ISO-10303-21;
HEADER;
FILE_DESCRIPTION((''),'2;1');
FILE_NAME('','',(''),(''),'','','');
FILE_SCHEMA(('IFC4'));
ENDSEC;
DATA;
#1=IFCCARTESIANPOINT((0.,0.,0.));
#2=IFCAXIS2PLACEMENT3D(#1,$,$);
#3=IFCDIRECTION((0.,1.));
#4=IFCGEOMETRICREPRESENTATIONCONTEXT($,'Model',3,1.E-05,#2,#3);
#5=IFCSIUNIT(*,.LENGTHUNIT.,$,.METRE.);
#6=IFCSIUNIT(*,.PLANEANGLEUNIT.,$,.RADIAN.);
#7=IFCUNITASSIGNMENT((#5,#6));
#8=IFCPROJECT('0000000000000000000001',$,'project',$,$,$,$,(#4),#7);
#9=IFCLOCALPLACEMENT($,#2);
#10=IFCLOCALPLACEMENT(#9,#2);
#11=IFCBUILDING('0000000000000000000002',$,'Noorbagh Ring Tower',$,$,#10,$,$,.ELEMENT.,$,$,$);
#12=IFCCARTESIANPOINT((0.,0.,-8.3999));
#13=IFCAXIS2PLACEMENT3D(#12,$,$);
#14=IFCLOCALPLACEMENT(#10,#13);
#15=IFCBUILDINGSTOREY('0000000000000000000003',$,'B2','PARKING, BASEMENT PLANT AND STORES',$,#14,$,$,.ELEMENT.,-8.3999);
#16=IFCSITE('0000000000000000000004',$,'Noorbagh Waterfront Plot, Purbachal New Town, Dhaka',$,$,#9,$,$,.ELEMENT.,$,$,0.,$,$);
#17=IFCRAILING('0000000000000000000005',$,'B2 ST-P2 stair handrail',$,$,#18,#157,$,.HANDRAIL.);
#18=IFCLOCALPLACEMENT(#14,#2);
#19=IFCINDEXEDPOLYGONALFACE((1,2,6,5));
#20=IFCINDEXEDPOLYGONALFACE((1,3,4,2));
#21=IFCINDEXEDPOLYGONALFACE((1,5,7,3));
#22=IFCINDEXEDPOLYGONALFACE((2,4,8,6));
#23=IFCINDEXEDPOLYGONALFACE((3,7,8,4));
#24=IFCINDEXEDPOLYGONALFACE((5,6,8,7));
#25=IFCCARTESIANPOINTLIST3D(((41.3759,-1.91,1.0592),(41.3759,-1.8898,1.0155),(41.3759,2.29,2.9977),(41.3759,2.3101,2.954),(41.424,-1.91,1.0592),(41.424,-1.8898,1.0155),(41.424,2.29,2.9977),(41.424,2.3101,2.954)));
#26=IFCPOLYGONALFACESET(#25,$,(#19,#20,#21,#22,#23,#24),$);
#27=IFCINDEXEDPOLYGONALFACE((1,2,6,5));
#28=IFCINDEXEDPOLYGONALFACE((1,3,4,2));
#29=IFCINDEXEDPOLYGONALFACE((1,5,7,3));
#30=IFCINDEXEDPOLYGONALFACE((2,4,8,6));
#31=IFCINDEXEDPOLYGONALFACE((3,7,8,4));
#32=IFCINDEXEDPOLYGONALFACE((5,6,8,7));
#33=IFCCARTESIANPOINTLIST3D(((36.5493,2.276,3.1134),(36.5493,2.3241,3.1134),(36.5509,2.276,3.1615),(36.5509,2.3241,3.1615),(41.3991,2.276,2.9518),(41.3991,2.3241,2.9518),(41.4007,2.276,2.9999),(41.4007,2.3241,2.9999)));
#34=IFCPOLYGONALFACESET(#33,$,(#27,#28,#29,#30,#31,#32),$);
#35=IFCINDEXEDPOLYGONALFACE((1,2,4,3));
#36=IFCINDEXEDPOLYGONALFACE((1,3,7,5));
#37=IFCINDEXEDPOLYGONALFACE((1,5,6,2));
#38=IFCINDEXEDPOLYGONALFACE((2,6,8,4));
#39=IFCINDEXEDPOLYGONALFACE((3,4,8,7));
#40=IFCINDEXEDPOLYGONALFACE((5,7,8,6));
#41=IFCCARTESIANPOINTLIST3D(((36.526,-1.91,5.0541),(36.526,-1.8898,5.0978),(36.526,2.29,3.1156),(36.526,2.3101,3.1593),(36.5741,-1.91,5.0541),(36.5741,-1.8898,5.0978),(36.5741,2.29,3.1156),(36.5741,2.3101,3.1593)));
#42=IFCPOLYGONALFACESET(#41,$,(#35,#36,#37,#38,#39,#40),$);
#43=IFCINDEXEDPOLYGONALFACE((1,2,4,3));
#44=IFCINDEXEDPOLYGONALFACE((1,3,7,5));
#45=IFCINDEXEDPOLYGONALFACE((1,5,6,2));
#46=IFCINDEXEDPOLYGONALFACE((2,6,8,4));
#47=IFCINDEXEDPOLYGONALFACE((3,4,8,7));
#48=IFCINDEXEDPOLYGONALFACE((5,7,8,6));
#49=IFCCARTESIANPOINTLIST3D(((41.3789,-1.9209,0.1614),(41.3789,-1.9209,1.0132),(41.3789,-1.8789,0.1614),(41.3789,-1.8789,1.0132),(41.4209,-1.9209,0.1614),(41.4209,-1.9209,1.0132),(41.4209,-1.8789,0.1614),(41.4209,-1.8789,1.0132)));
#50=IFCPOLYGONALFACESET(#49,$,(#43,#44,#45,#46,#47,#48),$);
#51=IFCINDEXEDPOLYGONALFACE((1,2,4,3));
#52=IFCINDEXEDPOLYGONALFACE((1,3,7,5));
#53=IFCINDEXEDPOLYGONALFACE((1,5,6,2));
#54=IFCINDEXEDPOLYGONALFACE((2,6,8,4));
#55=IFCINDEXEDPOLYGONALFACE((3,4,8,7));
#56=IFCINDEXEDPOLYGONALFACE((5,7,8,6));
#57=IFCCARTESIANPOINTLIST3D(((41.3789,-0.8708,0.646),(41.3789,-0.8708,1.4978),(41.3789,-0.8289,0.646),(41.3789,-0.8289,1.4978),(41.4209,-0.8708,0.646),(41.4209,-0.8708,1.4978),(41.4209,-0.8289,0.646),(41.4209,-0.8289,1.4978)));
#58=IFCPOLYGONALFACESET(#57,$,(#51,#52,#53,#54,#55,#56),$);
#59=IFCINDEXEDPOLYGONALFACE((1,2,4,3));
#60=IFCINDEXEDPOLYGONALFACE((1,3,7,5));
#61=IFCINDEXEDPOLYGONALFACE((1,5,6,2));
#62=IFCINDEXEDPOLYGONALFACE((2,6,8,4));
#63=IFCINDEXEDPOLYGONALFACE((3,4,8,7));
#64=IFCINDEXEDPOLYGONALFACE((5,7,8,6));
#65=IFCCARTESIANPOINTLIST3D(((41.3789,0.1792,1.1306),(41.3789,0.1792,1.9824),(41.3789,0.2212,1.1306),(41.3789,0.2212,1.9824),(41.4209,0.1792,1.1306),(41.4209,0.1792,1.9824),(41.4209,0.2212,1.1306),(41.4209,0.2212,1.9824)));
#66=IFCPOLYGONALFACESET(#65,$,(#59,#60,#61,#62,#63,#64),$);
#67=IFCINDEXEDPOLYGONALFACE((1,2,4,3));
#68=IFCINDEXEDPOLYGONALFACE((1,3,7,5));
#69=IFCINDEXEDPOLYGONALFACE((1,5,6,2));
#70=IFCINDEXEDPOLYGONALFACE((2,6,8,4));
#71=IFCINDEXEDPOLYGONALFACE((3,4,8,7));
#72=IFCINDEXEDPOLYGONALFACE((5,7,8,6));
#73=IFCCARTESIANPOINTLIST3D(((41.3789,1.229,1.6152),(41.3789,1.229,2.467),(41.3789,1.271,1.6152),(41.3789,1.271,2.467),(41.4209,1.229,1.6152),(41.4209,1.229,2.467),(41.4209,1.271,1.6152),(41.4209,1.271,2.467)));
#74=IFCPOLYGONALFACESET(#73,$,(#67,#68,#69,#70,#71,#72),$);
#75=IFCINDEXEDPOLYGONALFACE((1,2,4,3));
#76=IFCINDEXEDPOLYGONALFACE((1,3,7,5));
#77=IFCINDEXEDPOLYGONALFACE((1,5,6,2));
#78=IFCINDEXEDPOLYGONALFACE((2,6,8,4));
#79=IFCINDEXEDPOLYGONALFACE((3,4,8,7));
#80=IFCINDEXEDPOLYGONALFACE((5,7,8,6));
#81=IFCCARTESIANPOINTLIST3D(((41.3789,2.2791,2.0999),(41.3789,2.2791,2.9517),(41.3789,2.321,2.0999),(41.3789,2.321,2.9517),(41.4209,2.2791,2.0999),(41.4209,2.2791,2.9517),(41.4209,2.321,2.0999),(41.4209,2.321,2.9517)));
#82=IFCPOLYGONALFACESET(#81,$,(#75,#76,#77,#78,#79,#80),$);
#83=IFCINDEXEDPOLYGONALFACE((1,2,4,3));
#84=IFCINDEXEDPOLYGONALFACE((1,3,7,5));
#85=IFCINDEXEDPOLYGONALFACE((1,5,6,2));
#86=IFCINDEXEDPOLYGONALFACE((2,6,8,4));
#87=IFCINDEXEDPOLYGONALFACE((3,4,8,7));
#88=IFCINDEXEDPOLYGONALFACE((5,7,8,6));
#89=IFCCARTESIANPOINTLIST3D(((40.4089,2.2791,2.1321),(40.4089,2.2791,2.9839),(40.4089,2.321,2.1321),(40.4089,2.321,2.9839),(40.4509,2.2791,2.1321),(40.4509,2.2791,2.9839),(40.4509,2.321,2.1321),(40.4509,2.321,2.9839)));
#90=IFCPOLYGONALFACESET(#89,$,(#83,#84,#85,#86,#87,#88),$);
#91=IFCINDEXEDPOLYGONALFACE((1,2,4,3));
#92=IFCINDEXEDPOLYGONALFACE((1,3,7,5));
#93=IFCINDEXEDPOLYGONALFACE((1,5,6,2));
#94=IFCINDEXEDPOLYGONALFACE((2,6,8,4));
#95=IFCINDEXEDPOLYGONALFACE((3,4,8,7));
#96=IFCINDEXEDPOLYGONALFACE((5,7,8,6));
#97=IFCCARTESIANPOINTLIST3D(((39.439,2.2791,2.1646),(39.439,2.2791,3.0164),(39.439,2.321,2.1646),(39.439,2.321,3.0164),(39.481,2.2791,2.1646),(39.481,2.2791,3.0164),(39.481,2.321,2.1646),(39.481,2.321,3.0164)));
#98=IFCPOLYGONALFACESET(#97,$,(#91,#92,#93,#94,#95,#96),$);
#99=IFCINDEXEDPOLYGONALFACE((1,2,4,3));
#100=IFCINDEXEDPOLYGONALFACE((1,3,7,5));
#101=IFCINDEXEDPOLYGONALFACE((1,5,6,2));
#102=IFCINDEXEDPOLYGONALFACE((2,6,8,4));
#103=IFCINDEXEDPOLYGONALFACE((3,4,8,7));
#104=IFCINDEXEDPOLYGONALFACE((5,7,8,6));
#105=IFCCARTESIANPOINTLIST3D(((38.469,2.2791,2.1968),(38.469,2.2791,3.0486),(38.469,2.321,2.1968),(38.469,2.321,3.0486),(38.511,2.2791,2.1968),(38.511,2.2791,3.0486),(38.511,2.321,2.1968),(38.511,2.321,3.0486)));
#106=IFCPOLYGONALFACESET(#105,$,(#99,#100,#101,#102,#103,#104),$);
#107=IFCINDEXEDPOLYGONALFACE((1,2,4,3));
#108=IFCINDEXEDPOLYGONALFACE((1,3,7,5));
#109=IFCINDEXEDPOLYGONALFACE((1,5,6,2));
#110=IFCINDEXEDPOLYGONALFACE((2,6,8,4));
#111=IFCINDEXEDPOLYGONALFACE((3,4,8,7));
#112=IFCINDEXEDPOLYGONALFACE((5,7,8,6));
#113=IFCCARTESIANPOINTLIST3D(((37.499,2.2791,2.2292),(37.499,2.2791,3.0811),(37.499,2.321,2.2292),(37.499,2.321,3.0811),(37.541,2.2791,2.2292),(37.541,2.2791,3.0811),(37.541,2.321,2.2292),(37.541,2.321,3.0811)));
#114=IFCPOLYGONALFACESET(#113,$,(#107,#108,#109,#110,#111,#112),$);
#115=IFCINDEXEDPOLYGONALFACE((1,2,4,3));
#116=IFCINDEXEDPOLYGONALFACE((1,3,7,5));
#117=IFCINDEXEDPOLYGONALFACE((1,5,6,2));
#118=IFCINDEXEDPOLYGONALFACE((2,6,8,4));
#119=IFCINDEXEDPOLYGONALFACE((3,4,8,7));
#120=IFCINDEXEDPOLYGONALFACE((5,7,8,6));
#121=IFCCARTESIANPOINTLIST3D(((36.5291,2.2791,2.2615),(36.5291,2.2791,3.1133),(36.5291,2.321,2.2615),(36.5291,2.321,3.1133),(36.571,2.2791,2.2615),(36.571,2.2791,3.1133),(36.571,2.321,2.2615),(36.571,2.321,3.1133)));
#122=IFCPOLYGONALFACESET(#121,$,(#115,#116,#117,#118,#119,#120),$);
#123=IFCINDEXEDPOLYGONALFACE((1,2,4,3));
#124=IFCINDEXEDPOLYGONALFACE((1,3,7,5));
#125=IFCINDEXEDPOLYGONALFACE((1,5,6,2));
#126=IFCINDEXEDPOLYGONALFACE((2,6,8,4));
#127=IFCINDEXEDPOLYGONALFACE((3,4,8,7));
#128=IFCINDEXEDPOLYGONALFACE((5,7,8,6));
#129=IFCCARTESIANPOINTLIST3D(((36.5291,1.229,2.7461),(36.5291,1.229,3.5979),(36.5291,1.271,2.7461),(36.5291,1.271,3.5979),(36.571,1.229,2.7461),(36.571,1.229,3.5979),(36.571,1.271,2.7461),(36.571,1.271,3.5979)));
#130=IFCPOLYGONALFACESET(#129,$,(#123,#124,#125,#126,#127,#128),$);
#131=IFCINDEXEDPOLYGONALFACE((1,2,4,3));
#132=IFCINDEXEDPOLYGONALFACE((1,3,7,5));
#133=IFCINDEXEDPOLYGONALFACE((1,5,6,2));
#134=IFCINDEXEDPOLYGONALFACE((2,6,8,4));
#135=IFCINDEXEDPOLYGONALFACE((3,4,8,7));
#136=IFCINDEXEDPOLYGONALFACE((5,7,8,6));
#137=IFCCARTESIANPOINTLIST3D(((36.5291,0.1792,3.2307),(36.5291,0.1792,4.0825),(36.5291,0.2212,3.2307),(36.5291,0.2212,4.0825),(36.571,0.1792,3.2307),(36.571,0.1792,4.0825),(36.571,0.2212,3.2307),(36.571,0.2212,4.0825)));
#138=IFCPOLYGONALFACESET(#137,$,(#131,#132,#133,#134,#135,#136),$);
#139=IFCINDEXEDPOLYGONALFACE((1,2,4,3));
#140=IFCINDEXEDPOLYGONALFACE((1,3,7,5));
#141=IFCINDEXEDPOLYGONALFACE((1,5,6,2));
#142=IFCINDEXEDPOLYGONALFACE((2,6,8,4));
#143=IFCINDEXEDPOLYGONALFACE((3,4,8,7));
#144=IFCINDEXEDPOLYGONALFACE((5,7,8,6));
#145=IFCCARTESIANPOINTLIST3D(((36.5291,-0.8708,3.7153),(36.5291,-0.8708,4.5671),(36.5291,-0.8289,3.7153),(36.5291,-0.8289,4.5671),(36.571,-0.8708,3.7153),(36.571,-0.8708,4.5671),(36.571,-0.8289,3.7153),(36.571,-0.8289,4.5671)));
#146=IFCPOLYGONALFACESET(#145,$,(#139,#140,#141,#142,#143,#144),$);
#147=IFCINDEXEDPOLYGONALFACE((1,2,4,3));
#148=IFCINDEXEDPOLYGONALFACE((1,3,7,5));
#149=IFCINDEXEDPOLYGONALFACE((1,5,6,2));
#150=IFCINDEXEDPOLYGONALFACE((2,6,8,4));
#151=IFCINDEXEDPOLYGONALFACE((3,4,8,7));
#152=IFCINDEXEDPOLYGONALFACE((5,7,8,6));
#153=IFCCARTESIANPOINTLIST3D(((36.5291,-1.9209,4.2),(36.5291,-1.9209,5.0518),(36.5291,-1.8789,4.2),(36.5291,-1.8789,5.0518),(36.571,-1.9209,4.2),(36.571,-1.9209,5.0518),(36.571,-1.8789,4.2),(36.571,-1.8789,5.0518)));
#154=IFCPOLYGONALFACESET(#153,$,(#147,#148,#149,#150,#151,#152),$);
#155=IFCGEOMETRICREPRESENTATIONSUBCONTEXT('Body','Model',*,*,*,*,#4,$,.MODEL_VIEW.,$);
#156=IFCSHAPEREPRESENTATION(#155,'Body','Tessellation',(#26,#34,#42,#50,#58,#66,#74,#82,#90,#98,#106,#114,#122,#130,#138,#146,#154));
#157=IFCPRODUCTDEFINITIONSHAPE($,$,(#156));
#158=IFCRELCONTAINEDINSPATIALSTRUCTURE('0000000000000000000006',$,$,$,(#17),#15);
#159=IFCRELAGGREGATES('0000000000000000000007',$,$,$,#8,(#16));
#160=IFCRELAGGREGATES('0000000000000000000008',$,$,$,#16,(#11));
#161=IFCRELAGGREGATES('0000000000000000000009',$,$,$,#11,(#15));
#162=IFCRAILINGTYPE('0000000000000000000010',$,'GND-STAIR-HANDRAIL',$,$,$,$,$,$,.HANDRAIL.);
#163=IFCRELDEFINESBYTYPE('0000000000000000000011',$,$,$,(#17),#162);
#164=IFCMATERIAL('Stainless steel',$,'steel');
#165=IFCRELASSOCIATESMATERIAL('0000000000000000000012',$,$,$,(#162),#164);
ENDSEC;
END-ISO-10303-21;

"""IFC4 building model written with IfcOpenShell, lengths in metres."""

from ifc_helpers import new_model, si_unit, direction, frame, origin, origin_2d, place, context, subcontext, project, spatial, rectangle, extrude, material, type_object, element, save


model = new_model("IFC4")

# Units and contexts
model_context = context("Model", 3, precision=1e-05, world=origin(), true_north=direction((0.0, 1.0)))
body_context = subcontext(model_context, "Body", "Model", "MODEL_VIEW")
ifc_project = project(units=[si_unit("LENGTHUNIT", "METRE"), si_unit("PLANEANGLEUNIT", "RADIAN")], contexts=[model_context])

# Site, building, storey
site_placement = place(None, origin())
site = spatial("IfcSite", under=ifc_project, at=site_placement, Name="Noorbagh Waterfront Plot, Purbachal New Town, Dhaka", CompositionType="ELEMENT", RefElevation=0.0)
building_placement = place(site_placement, origin())
building = spatial("IfcBuilding", under=site, at=building_placement, Name="Noorbagh Ring Tower", CompositionType="ELEMENT")
storey_placement = place(building_placement, frame((0.0, 0.0, -8.3999)))
storey = spatial("IfcBuildingStorey", under=building, at=storey_placement, Name="B2", Description="PARKING, BASEMENT PLANT AND STORES", CompositionType="ELEMENT", Elevation=-8.3999)

# Railing
ifc_material_1 = material(Name="Stainless steel", Category="steel")
railing_type_1 = type_object("IfcRailingType", Name="GND-STAIR-HANDRAIL", PredefinedType="HANDRAIL", material=ifc_material_1)
railing_1_placement = place(storey_placement, frame((41.3999, -1.8999, 0.1614)))
element("IfcRailing", 1, at=railing_1_placement, inside=storey, type_object=railing_type_1, Name="B2 ST-P2 stair handrail", PredefinedType="HANDRAIL", context=body_context, shape_type="SweptSolid", body=[
    extrude(rectangle(XDim=0.0481, YDim=0.0481, at=origin_2d()), frame((0.0, 0.0, 0.876), z_axis=(0.0, 0.907956, 0.419065), x_axis=(-1.0, 0.0, 0.0)), (0.0, 0.0, 1.0), 4.6257),
    extrude(rectangle(XDim=0.0481, YDim=0.0481, at=origin_2d()), frame((0.0, 4.2, 2.8145), z_axis=(-0.999445, 0.0, 0.033306), x_axis=(0.0, -1.0, 0.0)), (0.0, 0.0, 1.0), 4.8525),
    extrude(rectangle(XDim=0.0481, YDim=0.0481, at=origin_2d()), frame((-4.8499, 4.2, 2.9761), z_axis=(0.0, -0.907956, 0.419065), x_axis=(1.0, 0.0, 0.0)), (0.0, 0.0, 1.0), 4.6257),
    extrude(rectangle(XDim=0.042, YDim=0.042, at=origin_2d()), origin(), (0.0, 0.0, 1.0), 0.8518),
    extrude(rectangle(XDim=0.042, YDim=0.042, at=origin_2d()), frame((0.0, 1.05, 0.4846)), (0.0, 0.0, 1.0), 0.8518),
    extrude(rectangle(XDim=0.042, YDim=0.042, at=origin_2d()), frame((0.0, 2.1001, 0.9692)), (0.0, 0.0, 1.0), 0.8518),
    extrude(rectangle(XDim=0.042, YDim=0.042, at=origin_2d()), frame((0.0, 3.1499, 1.4539)), (0.0, 0.0, 1.0), 0.8518),
    extrude(rectangle(XDim=0.042, YDim=0.042, at=origin_2d()), frame((0.0, 4.2, 1.9385)), (0.0, 0.0, 1.0), 0.8518),
    extrude(rectangle(XDim=0.042, YDim=0.042, at=origin_2d()), frame((-0.97, 4.2, 1.9707)), (0.0, 0.0, 1.0), 0.8518),
    extrude(rectangle(XDim=0.042, YDim=0.042, at=origin_2d()), frame((-1.9399, 4.2, 2.0032)), (0.0, 0.0, 1.0), 0.8518),
    extrude(rectangle(XDim=0.042, YDim=0.042, at=origin_2d()), frame((-2.9099, 4.2, 2.0354)), (0.0, 0.0, 1.0), 0.8518),
    extrude(rectangle(XDim=0.042, YDim=0.042, at=origin_2d()), frame((-3.8799, 4.2, 2.0679)), (0.0, 0.0, 1.0), 0.8518),
    extrude(rectangle(XDim=0.042, YDim=0.042, at=origin_2d()), frame((-4.8499, 4.2, 2.1001)), (0.0, 0.0, 1.0), 0.8518),
    extrude(rectangle(XDim=0.042, YDim=0.042, at=origin_2d()), frame((-4.8499, 3.1499, 2.5847)), (0.0, 0.0, 1.0), 0.8518),
    extrude(rectangle(XDim=0.042, YDim=0.042, at=origin_2d()), frame((-4.8499, 2.1001, 3.0693)), (0.0, 0.0, 1.0), 0.8518),
    extrude(rectangle(XDim=0.042, YDim=0.042, at=origin_2d()), frame((-4.8499, 1.05, 3.554)), (0.0, 0.0, 1.0), 0.8518),
    extrude(rectangle(XDim=0.042, YDim=0.042, at=origin_2d()), frame((-4.8499, 0.0, 4.0386)), (0.0, 0.0, 1.0), 0.8518),
])

save(model, "model.ifc")
